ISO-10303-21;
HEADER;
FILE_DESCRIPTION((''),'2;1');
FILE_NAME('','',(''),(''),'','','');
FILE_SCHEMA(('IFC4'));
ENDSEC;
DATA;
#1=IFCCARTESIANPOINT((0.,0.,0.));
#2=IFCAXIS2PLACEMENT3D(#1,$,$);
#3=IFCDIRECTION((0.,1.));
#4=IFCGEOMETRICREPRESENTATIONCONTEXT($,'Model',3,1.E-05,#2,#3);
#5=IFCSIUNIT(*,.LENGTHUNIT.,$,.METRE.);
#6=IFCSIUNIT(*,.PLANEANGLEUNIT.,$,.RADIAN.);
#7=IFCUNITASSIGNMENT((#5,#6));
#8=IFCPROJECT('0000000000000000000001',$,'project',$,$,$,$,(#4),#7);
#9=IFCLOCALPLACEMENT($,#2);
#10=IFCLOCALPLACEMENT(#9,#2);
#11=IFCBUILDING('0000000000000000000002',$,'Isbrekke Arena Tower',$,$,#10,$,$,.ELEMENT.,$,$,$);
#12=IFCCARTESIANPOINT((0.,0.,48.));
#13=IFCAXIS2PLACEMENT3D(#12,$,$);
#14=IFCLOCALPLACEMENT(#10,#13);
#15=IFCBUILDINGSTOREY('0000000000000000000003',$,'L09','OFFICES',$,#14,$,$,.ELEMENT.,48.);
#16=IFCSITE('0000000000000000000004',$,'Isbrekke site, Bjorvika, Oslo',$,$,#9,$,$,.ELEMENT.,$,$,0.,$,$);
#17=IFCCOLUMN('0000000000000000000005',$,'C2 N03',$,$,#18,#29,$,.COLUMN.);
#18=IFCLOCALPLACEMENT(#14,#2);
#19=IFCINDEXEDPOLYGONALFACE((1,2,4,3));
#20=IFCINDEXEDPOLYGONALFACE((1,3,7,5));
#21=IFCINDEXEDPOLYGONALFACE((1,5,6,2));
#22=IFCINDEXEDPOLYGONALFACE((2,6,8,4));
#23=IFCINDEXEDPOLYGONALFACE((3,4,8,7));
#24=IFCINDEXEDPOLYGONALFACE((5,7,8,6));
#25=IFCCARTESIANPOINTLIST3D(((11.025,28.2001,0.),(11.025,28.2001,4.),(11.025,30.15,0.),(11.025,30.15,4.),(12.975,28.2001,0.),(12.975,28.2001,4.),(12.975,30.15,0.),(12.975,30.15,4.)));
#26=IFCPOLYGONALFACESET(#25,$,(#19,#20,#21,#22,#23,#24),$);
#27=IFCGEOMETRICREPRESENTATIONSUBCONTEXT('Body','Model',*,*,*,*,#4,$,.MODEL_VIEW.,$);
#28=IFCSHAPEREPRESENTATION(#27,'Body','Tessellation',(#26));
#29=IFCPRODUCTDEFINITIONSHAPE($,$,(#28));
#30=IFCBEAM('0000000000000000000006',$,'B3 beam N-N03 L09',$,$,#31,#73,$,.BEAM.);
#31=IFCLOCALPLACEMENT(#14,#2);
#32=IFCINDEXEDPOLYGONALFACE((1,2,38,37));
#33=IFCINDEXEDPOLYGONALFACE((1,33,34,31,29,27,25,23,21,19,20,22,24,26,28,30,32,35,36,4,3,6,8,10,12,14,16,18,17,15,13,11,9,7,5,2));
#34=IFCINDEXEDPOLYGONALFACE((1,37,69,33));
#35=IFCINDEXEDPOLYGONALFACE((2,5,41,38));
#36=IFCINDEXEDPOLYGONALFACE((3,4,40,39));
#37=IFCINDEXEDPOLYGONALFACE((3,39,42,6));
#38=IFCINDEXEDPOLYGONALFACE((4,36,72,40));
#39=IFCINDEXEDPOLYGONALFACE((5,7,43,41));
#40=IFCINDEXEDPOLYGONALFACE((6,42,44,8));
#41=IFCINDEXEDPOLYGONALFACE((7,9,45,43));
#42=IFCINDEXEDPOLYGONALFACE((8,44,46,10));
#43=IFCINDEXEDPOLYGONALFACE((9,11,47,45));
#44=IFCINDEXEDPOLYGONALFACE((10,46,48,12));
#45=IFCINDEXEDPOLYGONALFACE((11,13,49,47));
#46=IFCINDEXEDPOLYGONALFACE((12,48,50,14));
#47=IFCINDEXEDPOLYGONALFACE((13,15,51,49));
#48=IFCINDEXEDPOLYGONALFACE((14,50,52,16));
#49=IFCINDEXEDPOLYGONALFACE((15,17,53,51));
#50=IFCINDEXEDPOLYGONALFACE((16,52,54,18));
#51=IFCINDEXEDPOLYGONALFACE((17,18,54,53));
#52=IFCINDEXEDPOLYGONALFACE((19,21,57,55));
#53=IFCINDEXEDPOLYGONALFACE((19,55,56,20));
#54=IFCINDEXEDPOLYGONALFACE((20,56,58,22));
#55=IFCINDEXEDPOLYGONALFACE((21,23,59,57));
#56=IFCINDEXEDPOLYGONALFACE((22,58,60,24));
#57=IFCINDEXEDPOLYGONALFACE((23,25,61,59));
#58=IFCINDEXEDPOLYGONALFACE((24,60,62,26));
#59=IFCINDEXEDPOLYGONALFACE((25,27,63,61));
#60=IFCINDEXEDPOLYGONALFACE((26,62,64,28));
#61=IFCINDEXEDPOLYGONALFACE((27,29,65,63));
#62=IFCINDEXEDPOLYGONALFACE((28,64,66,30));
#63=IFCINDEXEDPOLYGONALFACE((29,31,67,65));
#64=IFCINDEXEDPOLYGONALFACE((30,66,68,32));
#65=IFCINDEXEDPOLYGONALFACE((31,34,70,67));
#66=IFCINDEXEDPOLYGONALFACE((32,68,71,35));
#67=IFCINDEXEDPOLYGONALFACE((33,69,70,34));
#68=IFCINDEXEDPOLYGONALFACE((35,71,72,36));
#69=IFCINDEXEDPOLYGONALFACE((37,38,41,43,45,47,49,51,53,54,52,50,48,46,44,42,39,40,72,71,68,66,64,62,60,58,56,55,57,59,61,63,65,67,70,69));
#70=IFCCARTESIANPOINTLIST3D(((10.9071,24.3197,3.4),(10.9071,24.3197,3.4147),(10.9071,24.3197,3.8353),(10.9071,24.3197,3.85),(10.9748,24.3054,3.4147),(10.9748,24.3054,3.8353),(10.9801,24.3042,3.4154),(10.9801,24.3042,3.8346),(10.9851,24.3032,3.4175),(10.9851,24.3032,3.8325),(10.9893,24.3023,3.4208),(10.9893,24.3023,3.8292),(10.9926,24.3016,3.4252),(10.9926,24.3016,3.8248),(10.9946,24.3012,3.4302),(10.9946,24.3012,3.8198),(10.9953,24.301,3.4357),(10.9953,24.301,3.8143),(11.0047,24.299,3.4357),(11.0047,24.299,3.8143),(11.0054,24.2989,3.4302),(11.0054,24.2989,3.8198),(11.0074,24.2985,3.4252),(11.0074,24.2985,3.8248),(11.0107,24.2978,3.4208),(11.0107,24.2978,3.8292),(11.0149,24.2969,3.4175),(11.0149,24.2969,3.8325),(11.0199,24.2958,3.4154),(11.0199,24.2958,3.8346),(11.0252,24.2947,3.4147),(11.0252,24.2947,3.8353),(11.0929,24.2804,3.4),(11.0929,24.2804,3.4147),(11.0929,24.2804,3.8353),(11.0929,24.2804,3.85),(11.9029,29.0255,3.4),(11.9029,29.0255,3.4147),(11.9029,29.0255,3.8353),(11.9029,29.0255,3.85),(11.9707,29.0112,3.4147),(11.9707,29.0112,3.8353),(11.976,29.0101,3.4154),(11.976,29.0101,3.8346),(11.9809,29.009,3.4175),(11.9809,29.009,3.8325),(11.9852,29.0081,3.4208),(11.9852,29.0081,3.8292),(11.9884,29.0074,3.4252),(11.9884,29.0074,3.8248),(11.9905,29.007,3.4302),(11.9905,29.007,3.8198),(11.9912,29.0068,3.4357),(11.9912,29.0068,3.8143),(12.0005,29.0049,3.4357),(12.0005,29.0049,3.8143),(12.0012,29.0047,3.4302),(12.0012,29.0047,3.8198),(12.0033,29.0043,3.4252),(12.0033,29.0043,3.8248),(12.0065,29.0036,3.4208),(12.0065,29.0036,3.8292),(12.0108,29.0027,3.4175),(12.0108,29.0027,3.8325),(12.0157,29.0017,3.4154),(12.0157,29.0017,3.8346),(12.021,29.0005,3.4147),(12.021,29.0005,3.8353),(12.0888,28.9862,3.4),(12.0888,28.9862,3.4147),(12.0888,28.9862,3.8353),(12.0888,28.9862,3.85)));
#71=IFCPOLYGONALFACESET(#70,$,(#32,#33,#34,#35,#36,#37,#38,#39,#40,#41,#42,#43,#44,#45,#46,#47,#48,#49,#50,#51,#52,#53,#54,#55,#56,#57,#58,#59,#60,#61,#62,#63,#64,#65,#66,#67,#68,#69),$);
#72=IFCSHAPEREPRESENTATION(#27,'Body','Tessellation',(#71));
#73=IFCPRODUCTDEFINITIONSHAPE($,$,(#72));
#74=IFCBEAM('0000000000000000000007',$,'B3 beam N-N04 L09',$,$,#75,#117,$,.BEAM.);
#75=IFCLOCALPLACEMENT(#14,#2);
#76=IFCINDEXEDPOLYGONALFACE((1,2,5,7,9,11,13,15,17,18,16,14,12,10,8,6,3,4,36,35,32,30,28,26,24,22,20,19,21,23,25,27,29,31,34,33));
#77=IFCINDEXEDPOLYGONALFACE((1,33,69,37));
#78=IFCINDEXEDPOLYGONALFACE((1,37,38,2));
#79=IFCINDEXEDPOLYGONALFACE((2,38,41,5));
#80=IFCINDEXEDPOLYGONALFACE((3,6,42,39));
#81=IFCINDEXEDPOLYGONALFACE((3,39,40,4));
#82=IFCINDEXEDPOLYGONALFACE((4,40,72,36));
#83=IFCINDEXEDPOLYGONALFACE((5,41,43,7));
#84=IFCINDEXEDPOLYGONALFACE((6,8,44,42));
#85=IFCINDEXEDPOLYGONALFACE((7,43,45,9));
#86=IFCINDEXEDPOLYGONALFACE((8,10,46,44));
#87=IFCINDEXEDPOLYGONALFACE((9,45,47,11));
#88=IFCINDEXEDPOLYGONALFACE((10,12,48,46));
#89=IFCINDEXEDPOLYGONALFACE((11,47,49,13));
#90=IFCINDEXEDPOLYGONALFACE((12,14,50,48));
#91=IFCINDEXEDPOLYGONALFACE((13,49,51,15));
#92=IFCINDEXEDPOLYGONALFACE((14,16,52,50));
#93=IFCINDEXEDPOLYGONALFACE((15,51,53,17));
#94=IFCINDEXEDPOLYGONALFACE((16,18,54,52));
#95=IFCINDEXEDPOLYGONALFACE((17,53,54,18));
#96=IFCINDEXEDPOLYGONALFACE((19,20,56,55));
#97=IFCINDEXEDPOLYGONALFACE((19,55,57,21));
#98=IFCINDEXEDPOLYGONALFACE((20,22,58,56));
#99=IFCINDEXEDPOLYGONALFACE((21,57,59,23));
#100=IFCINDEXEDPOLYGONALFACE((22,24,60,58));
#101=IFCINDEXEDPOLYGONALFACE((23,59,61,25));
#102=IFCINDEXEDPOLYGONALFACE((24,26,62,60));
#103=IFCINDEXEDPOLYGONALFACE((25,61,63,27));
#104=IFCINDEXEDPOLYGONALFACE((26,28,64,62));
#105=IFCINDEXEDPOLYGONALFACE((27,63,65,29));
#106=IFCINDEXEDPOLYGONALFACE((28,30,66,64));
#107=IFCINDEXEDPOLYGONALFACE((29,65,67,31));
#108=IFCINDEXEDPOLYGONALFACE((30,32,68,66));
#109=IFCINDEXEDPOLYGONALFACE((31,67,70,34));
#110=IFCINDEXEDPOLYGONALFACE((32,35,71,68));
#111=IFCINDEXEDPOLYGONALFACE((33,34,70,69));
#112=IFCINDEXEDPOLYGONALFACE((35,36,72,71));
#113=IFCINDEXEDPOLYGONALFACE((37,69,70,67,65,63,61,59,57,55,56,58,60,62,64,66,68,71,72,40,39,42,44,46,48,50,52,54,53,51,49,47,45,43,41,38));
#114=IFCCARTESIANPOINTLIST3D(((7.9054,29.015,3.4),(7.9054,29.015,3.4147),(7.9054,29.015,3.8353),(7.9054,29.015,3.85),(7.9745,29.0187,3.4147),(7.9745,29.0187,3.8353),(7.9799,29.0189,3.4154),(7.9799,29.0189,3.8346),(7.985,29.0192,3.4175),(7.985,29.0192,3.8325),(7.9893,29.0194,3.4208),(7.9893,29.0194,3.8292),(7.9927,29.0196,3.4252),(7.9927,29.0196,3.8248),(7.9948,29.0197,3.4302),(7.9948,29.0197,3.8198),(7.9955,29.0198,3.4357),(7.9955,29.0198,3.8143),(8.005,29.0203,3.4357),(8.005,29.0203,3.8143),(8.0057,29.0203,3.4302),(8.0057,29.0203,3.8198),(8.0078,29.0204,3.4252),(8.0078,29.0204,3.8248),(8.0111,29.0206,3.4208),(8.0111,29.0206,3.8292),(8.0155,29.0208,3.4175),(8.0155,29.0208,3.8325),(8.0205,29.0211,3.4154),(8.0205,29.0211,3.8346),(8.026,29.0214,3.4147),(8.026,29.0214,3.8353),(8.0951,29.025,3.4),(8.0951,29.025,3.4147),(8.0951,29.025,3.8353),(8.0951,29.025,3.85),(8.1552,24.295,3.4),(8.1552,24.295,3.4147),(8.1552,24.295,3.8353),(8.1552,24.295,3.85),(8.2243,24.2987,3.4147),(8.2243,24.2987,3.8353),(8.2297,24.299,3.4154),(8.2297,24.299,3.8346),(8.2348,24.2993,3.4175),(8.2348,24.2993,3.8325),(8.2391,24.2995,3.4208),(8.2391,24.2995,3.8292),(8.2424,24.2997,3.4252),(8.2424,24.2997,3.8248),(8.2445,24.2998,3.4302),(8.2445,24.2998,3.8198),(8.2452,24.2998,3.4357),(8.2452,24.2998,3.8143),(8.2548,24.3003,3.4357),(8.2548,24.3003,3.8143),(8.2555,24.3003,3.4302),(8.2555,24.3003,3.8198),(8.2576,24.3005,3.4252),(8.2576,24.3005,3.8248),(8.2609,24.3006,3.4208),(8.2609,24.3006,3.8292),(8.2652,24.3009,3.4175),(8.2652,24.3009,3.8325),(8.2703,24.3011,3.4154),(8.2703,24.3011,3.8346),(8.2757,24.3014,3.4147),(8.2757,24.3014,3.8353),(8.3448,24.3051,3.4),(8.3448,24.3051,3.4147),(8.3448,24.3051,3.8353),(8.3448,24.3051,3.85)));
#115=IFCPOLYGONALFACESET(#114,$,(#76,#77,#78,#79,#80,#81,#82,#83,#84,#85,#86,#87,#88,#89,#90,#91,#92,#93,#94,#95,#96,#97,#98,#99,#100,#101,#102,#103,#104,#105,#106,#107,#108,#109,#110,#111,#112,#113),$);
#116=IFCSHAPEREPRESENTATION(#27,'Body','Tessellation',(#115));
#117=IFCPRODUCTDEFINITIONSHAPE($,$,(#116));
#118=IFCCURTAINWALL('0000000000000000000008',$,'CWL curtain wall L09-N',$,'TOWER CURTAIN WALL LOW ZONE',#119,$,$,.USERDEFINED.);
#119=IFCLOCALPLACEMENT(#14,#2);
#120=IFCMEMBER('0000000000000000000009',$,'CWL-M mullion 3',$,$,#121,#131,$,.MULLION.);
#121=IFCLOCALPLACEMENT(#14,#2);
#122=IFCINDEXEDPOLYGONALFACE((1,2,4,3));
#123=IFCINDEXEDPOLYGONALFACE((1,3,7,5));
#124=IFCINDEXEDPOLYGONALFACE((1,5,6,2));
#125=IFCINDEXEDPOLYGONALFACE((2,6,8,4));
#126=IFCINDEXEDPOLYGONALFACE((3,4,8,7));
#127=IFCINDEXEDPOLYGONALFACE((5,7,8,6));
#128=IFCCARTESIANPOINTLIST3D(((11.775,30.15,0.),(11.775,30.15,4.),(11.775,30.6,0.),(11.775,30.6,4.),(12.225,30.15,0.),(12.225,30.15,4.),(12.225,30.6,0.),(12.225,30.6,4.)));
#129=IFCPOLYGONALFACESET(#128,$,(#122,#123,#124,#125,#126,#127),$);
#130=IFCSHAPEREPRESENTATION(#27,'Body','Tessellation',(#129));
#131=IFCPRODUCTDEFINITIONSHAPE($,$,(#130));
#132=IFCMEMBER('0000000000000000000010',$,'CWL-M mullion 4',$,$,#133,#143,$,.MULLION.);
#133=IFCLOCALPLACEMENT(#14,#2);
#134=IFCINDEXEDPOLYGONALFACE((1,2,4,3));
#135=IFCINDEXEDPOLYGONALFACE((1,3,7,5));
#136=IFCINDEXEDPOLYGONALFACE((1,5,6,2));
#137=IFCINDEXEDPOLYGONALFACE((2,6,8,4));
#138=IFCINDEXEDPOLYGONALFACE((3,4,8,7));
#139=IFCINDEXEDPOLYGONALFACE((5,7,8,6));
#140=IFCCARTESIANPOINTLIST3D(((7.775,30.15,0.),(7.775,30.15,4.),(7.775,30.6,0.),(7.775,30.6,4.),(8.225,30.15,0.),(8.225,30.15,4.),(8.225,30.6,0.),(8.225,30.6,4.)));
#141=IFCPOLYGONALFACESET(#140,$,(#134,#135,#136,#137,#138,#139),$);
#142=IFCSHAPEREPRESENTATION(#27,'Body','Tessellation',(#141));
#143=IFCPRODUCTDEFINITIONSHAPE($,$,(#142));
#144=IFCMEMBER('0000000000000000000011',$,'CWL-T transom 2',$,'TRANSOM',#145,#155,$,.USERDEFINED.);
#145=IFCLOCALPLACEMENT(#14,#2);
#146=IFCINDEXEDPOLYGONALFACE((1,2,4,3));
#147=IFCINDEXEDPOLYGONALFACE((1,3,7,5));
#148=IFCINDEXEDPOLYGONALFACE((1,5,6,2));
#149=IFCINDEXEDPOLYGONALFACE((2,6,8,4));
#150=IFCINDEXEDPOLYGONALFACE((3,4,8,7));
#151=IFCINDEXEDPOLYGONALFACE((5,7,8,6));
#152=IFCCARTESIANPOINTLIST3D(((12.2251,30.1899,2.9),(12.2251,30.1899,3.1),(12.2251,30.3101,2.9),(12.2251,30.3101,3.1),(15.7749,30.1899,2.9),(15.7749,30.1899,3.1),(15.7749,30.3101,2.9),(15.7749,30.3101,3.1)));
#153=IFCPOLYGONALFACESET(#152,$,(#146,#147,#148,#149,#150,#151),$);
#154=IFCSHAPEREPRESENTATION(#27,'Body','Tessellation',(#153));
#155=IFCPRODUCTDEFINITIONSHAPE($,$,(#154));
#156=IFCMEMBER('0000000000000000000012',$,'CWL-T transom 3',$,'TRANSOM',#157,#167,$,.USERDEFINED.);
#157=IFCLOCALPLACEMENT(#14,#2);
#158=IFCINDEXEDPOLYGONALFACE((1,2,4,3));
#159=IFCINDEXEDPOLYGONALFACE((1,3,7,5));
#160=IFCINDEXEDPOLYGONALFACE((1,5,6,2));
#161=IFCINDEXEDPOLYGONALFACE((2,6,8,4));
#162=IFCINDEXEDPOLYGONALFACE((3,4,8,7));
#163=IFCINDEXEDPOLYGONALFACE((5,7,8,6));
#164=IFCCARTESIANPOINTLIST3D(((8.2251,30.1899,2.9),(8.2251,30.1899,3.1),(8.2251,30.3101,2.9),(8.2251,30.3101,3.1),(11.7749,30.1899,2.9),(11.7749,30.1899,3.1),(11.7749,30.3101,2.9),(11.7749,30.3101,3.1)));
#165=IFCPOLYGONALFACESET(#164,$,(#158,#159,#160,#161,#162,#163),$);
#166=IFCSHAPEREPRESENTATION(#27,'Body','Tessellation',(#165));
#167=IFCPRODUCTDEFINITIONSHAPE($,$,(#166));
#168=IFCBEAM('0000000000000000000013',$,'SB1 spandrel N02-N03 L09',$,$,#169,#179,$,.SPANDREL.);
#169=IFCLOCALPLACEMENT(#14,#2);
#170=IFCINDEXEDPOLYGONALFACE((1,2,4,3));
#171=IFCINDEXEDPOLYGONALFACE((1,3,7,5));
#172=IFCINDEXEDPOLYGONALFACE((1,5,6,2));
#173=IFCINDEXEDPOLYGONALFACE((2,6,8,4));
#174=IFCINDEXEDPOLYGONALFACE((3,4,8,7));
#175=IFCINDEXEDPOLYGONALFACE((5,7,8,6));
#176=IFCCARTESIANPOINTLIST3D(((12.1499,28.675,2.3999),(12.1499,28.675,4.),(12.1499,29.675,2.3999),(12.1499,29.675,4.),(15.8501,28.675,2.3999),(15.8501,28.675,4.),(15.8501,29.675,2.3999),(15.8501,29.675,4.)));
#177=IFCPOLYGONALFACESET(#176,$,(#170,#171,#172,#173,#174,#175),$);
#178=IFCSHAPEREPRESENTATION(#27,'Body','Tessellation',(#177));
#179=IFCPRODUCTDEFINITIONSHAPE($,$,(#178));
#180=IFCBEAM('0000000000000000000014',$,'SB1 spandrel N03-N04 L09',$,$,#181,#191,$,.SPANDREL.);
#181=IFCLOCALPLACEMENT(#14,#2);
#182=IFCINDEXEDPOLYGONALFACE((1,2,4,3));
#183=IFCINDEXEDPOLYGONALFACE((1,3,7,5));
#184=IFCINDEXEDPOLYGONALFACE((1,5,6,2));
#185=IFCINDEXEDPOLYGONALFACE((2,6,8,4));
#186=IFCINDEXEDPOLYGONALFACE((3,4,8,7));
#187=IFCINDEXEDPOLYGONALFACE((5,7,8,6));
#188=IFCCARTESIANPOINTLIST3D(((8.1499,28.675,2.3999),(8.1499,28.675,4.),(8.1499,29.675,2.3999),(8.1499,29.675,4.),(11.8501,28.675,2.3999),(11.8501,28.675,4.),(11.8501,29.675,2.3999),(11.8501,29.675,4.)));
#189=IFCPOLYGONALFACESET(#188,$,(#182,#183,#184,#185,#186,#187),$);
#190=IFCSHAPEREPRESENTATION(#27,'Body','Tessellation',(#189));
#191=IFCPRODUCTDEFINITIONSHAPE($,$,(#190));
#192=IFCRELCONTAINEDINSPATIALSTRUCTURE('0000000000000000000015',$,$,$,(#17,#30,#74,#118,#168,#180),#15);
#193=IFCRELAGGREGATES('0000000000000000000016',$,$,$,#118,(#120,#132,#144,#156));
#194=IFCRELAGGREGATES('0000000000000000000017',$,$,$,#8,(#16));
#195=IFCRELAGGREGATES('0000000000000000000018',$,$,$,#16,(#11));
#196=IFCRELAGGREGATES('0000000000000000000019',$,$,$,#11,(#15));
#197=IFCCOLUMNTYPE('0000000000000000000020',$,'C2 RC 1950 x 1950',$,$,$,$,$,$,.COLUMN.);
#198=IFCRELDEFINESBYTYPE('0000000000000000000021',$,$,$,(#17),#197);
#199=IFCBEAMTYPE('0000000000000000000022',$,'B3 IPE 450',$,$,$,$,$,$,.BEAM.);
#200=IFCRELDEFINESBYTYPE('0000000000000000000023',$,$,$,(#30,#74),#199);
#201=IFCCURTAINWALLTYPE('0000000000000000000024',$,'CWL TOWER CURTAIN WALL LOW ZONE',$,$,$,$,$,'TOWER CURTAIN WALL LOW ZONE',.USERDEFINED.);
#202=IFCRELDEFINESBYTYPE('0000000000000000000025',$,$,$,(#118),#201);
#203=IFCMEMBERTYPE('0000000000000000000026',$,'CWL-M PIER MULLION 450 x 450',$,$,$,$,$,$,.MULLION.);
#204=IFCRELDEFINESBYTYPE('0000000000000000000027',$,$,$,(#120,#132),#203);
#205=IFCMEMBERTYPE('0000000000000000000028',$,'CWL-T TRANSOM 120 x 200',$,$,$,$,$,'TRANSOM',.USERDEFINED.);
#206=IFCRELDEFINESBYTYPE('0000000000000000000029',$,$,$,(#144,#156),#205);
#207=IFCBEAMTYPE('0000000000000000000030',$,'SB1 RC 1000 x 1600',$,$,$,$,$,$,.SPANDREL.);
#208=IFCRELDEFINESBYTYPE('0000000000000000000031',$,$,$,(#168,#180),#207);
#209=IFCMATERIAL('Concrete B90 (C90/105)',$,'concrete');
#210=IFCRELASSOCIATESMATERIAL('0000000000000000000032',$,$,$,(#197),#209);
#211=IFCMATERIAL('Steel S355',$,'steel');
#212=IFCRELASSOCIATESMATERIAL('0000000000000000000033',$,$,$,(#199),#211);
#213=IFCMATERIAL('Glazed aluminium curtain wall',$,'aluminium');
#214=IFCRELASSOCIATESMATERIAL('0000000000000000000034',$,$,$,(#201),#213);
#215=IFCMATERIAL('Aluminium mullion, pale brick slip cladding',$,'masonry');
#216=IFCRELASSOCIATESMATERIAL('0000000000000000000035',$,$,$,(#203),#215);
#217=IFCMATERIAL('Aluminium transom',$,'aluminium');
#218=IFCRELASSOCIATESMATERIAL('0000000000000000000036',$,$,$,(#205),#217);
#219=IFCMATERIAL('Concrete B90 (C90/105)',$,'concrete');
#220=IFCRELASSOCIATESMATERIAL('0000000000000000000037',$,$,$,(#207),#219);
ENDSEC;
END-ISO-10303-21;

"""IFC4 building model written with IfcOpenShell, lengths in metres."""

from ifc_helpers import new_model, si_unit, direction, frame, origin, origin_2d, place, context, subcontext, project, spatial, rectangle, i_section, extrude, material, material_profile, profile_set, type_object, element, aggregate, save


model = new_model("IFC4")

# Units and contexts
model_context = context("Model", 3, precision=1e-05, world=origin(), true_north=direction((0.0, 1.0)))
body_context = subcontext(model_context, "Body", "Model", "MODEL_VIEW")
ifc_project = project(units=[si_unit("LENGTHUNIT", "METRE"), si_unit("PLANEANGLEUNIT", "RADIAN")], contexts=[model_context])

# Site, building, storey
site_placement = place(None, origin())
site = spatial("IfcSite", under=ifc_project, at=site_placement, Name="Isbrekke site, Bjorvika, Oslo", CompositionType="ELEMENT", RefElevation=0.0)
building_placement = place(site_placement, origin())
building = spatial("IfcBuilding", under=site, at=building_placement, Name="Isbrekke Arena Tower", CompositionType="ELEMENT")
storey_placement = place(building_placement, frame((0.0, 0.0, 48.0)))
storey = spatial("IfcBuildingStorey", under=building, at=storey_placement, Name="L09", Description="OFFICES", CompositionType="ELEMENT", Elevation=48.0)

# Column
ifc_material_1 = material(Name="Concrete B90 (C90/105)", Category="concrete")
ifc_material_profile_1 = material_profile(ifc_material_1, rectangle(XDim=1.95, YDim=1.95, at=origin_2d()), Name="RC 1950x1950")
ifc_profile_set_1 = profile_set([ifc_material_profile_1], Name="Concrete B90 (C90/105)")
column_type = type_object("IfcColumnType", Name="C2 RC 1950 x 1950", PredefinedType="COLUMN", material=ifc_profile_set_1)
column_placement = place(storey_placement, frame((12.0, 29.175, 0.0), z_axis=(0.0, 0.0, 1.0), x_axis=(-1.0, 0.0, 0.0)))
element("IfcColumn", 1, at=column_placement, inside=storey, type_object=column_type, Name="C2 N03", PredefinedType="COLUMN", context=body_context, shape_type="SweptSolid", body=[
    extrude(rectangle(XDim=1.95, YDim=1.95, at=origin_2d()), origin(), (0.0, 0.0, 1.0), 4.0),
])

# Beams
ifc_material_2 = material(Name="Steel S355", Category="steel")
ifc_material_profile_2 = material_profile(ifc_material_2, i_section(OverallWidth=0.1899, OverallDepth=0.45, WebThickness=0.0095, FlangeThickness=0.0146, FilletRadius=0.021, at=origin_2d()), Name="IPE 450")
ifc_profile_set_2 = profile_set([ifc_material_profile_2], Name="Steel S355")
beam_type_1 = type_object("IfcBeamType", Name="B3 IPE 450", PredefinedType="BEAM", material=ifc_profile_set_2)
beam_1_placement = place(storey_placement, frame((11.9958, 29.0059, 3.625), z_axis=(-0.207036, -0.978333, 0.0), x_axis=(0.978333, -0.207036, 0.0)))
element("IfcBeam", 2, at=beam_1_placement, inside=storey, type_object=beam_type_1, Name="B3 beam N-N03 L09", PredefinedType="BEAM", context=body_context, shape_type="SweptSolid", body=[
    extrude(i_section(OverallWidth=0.1899, OverallDepth=0.45, WebThickness=0.0095, FlangeThickness=0.0146, FilletRadius=0.021, at=origin_2d()), origin(), (0.0, 0.0, 1.0), 4.8101),
])
beam_2_placement = place(storey_placement, frame((8.0002, 29.02, 3.625), z_axis=(0.052841, -0.998603, 0.0), x_axis=(0.998603, 0.052841, 0.0)))
element("IfcBeam", 3, at=beam_2_placement, inside=storey, type_object=beam_type_1, Name="B3 beam N-N04 L09", PredefinedType="BEAM", context=body_context, shape_type="SweptSolid", body=[
    extrude(i_section(OverallWidth=0.1899, OverallDepth=0.45, WebThickness=0.0095, FlangeThickness=0.0146, FilletRadius=0.021, at=origin_2d()), origin(), (0.0, 0.0, 1.0), 4.7266),
])

# Curtain wall, members
ifc_material_3 = material(Name="Glazed aluminium curtain wall", Category="aluminium")
curtain_wall_type = type_object("IfcCurtainWallType", Name="CWL TOWER CURTAIN WALL LOW ZONE", ElementType="TOWER CURTAIN WALL LOW ZONE", PredefinedType="USERDEFINED", material=ifc_material_3)
curtain_wall_placement = place(storey_placement, origin())
curtain_wall = element("IfcCurtainWall", 4, at=curtain_wall_placement, inside=storey, type_object=curtain_wall_type, Name="CWL curtain wall L09-N", ObjectType="TOWER CURTAIN WALL LOW ZONE", PredefinedType="USERDEFINED")
ifc_material_4 = material(Name="Aluminium mullion, pale brick slip cladding", Category="masonry")
ifc_material_profile_3 = material_profile(ifc_material_4, rectangle(XDim=0.45, YDim=0.45, at=origin_2d()), Name="PIER 450X450")
ifc_profile_set_3 = profile_set([ifc_material_profile_3], Name="Aluminium mullion, pale brick slip cladding")
member_type_1 = type_object("IfcMemberType", Name="CWL-M PIER MULLION 450 x 450", PredefinedType="MULLION", material=ifc_profile_set_3)
member_1_placement = place(storey_placement, frame((12.0, 30.375, 0.0), z_axis=(0.0, 0.0, 1.0), x_axis=(-1.0, 0.0, 0.0)))
member_1 = element("IfcMember", 5, at=member_1_placement, type_object=member_type_1, Name="CWL-M mullion 3", PredefinedType="MULLION", context=body_context, shape_type="SweptSolid", body=[
    extrude(rectangle(XDim=0.45, YDim=0.45, at=origin_2d()), origin(), (0.0, 0.0, 1.0), 4.0),
])
member_2_placement = place(storey_placement, frame((8.0, 30.375, 0.0), z_axis=(0.0, 0.0, 1.0), x_axis=(-1.0, 0.0, 0.0)))
member_2 = element("IfcMember", 6, at=member_2_placement, type_object=member_type_1, Name="CWL-M mullion 4", PredefinedType="MULLION", context=body_context, shape_type="SweptSolid", body=[
    extrude(rectangle(XDim=0.45, YDim=0.45, at=origin_2d()), origin(), (0.0, 0.0, 1.0), 4.0),
])
ifc_material_5 = material(Name="Aluminium transom", Category="aluminium")
ifc_material_profile_4 = material_profile(ifc_material_5, rectangle(XDim=0.1201, YDim=0.2, at=origin_2d()), Name="TRANSOM 120X200")
ifc_profile_set_4 = profile_set([ifc_material_profile_4], Name="Aluminium transom")
member_type_2 = type_object("IfcMemberType", Name="CWL-T TRANSOM 120 x 200", ElementType="TRANSOM", PredefinedType="USERDEFINED", material=ifc_profile_set_4)
member_3_placement = place(storey_placement, frame((15.7749, 30.25, 3.0), z_axis=(-1.0, 0.0, 0.0), x_axis=(0.0, -1.0, 0.0)))
member_3 = element("IfcMember", 7, at=member_3_placement, type_object=member_type_2, Name="CWL-T transom 2", ObjectType="TRANSOM", PredefinedType="USERDEFINED", context=body_context, shape_type="SweptSolid", body=[
    extrude(rectangle(XDim=0.1201, YDim=0.2, at=origin_2d()), origin(), (0.0, 0.0, 1.0), 3.5498),
])
member_4_placement = place(storey_placement, frame((11.7749, 30.25, 3.0), z_axis=(-1.0, 0.0, 0.0), x_axis=(0.0, -1.0, 0.0)))
member_4 = element("IfcMember", 8, at=member_4_placement, type_object=member_type_2, Name="CWL-T transom 3", ObjectType="TRANSOM", PredefinedType="USERDEFINED", context=body_context, shape_type="SweptSolid", body=[
    extrude(rectangle(XDim=0.1201, YDim=0.2, at=origin_2d()), origin(), (0.0, 0.0, 1.0), 3.5498),
])

# Beams
ifc_material_6 = material(Name="Concrete B90 (C90/105)", Category="concrete")
ifc_material_profile_5 = material_profile(ifc_material_6, rectangle(XDim=1.0, YDim=1.6001, at=origin_2d()), Name="RC 1000x1600")
ifc_profile_set_5 = profile_set([ifc_material_profile_5], Name="Concrete B90 (C90/105)")
beam_type_2 = type_object("IfcBeamType", Name="SB1 RC 1000 x 1600", PredefinedType="SPANDREL", material=ifc_profile_set_5)
for number, where, z_axis, x_axis, name in (
    (9, (15.8501, 29.175, 3.2), (-1.0, 0.0, 0.0), (0.0, -1.0, 0.0), "SB1 spandrel N02-N03 L09"),
    (10, (11.8501, 29.175, 3.2), (-1.0, 0.0, 0.0), (0.0, -1.0, 0.0), "SB1 spandrel N03-N04 L09"),
):
    element("IfcBeam", number, at=place(storey_placement, frame(where, z_axis=z_axis, x_axis=x_axis)), inside=storey, type_object=beam_type_2, Name=name, PredefinedType="SPANDREL", context=body_context, shape_type="SweptSolid", body=[
        extrude(rectangle(XDim=1.0, YDim=1.6001, at=origin_2d()), origin(), (0.0, 0.0, 1.0), 3.7002),
    ])

aggregate(curtain_wall, [member_1, member_2, member_3, member_4])

save(model, "model.ifc")
